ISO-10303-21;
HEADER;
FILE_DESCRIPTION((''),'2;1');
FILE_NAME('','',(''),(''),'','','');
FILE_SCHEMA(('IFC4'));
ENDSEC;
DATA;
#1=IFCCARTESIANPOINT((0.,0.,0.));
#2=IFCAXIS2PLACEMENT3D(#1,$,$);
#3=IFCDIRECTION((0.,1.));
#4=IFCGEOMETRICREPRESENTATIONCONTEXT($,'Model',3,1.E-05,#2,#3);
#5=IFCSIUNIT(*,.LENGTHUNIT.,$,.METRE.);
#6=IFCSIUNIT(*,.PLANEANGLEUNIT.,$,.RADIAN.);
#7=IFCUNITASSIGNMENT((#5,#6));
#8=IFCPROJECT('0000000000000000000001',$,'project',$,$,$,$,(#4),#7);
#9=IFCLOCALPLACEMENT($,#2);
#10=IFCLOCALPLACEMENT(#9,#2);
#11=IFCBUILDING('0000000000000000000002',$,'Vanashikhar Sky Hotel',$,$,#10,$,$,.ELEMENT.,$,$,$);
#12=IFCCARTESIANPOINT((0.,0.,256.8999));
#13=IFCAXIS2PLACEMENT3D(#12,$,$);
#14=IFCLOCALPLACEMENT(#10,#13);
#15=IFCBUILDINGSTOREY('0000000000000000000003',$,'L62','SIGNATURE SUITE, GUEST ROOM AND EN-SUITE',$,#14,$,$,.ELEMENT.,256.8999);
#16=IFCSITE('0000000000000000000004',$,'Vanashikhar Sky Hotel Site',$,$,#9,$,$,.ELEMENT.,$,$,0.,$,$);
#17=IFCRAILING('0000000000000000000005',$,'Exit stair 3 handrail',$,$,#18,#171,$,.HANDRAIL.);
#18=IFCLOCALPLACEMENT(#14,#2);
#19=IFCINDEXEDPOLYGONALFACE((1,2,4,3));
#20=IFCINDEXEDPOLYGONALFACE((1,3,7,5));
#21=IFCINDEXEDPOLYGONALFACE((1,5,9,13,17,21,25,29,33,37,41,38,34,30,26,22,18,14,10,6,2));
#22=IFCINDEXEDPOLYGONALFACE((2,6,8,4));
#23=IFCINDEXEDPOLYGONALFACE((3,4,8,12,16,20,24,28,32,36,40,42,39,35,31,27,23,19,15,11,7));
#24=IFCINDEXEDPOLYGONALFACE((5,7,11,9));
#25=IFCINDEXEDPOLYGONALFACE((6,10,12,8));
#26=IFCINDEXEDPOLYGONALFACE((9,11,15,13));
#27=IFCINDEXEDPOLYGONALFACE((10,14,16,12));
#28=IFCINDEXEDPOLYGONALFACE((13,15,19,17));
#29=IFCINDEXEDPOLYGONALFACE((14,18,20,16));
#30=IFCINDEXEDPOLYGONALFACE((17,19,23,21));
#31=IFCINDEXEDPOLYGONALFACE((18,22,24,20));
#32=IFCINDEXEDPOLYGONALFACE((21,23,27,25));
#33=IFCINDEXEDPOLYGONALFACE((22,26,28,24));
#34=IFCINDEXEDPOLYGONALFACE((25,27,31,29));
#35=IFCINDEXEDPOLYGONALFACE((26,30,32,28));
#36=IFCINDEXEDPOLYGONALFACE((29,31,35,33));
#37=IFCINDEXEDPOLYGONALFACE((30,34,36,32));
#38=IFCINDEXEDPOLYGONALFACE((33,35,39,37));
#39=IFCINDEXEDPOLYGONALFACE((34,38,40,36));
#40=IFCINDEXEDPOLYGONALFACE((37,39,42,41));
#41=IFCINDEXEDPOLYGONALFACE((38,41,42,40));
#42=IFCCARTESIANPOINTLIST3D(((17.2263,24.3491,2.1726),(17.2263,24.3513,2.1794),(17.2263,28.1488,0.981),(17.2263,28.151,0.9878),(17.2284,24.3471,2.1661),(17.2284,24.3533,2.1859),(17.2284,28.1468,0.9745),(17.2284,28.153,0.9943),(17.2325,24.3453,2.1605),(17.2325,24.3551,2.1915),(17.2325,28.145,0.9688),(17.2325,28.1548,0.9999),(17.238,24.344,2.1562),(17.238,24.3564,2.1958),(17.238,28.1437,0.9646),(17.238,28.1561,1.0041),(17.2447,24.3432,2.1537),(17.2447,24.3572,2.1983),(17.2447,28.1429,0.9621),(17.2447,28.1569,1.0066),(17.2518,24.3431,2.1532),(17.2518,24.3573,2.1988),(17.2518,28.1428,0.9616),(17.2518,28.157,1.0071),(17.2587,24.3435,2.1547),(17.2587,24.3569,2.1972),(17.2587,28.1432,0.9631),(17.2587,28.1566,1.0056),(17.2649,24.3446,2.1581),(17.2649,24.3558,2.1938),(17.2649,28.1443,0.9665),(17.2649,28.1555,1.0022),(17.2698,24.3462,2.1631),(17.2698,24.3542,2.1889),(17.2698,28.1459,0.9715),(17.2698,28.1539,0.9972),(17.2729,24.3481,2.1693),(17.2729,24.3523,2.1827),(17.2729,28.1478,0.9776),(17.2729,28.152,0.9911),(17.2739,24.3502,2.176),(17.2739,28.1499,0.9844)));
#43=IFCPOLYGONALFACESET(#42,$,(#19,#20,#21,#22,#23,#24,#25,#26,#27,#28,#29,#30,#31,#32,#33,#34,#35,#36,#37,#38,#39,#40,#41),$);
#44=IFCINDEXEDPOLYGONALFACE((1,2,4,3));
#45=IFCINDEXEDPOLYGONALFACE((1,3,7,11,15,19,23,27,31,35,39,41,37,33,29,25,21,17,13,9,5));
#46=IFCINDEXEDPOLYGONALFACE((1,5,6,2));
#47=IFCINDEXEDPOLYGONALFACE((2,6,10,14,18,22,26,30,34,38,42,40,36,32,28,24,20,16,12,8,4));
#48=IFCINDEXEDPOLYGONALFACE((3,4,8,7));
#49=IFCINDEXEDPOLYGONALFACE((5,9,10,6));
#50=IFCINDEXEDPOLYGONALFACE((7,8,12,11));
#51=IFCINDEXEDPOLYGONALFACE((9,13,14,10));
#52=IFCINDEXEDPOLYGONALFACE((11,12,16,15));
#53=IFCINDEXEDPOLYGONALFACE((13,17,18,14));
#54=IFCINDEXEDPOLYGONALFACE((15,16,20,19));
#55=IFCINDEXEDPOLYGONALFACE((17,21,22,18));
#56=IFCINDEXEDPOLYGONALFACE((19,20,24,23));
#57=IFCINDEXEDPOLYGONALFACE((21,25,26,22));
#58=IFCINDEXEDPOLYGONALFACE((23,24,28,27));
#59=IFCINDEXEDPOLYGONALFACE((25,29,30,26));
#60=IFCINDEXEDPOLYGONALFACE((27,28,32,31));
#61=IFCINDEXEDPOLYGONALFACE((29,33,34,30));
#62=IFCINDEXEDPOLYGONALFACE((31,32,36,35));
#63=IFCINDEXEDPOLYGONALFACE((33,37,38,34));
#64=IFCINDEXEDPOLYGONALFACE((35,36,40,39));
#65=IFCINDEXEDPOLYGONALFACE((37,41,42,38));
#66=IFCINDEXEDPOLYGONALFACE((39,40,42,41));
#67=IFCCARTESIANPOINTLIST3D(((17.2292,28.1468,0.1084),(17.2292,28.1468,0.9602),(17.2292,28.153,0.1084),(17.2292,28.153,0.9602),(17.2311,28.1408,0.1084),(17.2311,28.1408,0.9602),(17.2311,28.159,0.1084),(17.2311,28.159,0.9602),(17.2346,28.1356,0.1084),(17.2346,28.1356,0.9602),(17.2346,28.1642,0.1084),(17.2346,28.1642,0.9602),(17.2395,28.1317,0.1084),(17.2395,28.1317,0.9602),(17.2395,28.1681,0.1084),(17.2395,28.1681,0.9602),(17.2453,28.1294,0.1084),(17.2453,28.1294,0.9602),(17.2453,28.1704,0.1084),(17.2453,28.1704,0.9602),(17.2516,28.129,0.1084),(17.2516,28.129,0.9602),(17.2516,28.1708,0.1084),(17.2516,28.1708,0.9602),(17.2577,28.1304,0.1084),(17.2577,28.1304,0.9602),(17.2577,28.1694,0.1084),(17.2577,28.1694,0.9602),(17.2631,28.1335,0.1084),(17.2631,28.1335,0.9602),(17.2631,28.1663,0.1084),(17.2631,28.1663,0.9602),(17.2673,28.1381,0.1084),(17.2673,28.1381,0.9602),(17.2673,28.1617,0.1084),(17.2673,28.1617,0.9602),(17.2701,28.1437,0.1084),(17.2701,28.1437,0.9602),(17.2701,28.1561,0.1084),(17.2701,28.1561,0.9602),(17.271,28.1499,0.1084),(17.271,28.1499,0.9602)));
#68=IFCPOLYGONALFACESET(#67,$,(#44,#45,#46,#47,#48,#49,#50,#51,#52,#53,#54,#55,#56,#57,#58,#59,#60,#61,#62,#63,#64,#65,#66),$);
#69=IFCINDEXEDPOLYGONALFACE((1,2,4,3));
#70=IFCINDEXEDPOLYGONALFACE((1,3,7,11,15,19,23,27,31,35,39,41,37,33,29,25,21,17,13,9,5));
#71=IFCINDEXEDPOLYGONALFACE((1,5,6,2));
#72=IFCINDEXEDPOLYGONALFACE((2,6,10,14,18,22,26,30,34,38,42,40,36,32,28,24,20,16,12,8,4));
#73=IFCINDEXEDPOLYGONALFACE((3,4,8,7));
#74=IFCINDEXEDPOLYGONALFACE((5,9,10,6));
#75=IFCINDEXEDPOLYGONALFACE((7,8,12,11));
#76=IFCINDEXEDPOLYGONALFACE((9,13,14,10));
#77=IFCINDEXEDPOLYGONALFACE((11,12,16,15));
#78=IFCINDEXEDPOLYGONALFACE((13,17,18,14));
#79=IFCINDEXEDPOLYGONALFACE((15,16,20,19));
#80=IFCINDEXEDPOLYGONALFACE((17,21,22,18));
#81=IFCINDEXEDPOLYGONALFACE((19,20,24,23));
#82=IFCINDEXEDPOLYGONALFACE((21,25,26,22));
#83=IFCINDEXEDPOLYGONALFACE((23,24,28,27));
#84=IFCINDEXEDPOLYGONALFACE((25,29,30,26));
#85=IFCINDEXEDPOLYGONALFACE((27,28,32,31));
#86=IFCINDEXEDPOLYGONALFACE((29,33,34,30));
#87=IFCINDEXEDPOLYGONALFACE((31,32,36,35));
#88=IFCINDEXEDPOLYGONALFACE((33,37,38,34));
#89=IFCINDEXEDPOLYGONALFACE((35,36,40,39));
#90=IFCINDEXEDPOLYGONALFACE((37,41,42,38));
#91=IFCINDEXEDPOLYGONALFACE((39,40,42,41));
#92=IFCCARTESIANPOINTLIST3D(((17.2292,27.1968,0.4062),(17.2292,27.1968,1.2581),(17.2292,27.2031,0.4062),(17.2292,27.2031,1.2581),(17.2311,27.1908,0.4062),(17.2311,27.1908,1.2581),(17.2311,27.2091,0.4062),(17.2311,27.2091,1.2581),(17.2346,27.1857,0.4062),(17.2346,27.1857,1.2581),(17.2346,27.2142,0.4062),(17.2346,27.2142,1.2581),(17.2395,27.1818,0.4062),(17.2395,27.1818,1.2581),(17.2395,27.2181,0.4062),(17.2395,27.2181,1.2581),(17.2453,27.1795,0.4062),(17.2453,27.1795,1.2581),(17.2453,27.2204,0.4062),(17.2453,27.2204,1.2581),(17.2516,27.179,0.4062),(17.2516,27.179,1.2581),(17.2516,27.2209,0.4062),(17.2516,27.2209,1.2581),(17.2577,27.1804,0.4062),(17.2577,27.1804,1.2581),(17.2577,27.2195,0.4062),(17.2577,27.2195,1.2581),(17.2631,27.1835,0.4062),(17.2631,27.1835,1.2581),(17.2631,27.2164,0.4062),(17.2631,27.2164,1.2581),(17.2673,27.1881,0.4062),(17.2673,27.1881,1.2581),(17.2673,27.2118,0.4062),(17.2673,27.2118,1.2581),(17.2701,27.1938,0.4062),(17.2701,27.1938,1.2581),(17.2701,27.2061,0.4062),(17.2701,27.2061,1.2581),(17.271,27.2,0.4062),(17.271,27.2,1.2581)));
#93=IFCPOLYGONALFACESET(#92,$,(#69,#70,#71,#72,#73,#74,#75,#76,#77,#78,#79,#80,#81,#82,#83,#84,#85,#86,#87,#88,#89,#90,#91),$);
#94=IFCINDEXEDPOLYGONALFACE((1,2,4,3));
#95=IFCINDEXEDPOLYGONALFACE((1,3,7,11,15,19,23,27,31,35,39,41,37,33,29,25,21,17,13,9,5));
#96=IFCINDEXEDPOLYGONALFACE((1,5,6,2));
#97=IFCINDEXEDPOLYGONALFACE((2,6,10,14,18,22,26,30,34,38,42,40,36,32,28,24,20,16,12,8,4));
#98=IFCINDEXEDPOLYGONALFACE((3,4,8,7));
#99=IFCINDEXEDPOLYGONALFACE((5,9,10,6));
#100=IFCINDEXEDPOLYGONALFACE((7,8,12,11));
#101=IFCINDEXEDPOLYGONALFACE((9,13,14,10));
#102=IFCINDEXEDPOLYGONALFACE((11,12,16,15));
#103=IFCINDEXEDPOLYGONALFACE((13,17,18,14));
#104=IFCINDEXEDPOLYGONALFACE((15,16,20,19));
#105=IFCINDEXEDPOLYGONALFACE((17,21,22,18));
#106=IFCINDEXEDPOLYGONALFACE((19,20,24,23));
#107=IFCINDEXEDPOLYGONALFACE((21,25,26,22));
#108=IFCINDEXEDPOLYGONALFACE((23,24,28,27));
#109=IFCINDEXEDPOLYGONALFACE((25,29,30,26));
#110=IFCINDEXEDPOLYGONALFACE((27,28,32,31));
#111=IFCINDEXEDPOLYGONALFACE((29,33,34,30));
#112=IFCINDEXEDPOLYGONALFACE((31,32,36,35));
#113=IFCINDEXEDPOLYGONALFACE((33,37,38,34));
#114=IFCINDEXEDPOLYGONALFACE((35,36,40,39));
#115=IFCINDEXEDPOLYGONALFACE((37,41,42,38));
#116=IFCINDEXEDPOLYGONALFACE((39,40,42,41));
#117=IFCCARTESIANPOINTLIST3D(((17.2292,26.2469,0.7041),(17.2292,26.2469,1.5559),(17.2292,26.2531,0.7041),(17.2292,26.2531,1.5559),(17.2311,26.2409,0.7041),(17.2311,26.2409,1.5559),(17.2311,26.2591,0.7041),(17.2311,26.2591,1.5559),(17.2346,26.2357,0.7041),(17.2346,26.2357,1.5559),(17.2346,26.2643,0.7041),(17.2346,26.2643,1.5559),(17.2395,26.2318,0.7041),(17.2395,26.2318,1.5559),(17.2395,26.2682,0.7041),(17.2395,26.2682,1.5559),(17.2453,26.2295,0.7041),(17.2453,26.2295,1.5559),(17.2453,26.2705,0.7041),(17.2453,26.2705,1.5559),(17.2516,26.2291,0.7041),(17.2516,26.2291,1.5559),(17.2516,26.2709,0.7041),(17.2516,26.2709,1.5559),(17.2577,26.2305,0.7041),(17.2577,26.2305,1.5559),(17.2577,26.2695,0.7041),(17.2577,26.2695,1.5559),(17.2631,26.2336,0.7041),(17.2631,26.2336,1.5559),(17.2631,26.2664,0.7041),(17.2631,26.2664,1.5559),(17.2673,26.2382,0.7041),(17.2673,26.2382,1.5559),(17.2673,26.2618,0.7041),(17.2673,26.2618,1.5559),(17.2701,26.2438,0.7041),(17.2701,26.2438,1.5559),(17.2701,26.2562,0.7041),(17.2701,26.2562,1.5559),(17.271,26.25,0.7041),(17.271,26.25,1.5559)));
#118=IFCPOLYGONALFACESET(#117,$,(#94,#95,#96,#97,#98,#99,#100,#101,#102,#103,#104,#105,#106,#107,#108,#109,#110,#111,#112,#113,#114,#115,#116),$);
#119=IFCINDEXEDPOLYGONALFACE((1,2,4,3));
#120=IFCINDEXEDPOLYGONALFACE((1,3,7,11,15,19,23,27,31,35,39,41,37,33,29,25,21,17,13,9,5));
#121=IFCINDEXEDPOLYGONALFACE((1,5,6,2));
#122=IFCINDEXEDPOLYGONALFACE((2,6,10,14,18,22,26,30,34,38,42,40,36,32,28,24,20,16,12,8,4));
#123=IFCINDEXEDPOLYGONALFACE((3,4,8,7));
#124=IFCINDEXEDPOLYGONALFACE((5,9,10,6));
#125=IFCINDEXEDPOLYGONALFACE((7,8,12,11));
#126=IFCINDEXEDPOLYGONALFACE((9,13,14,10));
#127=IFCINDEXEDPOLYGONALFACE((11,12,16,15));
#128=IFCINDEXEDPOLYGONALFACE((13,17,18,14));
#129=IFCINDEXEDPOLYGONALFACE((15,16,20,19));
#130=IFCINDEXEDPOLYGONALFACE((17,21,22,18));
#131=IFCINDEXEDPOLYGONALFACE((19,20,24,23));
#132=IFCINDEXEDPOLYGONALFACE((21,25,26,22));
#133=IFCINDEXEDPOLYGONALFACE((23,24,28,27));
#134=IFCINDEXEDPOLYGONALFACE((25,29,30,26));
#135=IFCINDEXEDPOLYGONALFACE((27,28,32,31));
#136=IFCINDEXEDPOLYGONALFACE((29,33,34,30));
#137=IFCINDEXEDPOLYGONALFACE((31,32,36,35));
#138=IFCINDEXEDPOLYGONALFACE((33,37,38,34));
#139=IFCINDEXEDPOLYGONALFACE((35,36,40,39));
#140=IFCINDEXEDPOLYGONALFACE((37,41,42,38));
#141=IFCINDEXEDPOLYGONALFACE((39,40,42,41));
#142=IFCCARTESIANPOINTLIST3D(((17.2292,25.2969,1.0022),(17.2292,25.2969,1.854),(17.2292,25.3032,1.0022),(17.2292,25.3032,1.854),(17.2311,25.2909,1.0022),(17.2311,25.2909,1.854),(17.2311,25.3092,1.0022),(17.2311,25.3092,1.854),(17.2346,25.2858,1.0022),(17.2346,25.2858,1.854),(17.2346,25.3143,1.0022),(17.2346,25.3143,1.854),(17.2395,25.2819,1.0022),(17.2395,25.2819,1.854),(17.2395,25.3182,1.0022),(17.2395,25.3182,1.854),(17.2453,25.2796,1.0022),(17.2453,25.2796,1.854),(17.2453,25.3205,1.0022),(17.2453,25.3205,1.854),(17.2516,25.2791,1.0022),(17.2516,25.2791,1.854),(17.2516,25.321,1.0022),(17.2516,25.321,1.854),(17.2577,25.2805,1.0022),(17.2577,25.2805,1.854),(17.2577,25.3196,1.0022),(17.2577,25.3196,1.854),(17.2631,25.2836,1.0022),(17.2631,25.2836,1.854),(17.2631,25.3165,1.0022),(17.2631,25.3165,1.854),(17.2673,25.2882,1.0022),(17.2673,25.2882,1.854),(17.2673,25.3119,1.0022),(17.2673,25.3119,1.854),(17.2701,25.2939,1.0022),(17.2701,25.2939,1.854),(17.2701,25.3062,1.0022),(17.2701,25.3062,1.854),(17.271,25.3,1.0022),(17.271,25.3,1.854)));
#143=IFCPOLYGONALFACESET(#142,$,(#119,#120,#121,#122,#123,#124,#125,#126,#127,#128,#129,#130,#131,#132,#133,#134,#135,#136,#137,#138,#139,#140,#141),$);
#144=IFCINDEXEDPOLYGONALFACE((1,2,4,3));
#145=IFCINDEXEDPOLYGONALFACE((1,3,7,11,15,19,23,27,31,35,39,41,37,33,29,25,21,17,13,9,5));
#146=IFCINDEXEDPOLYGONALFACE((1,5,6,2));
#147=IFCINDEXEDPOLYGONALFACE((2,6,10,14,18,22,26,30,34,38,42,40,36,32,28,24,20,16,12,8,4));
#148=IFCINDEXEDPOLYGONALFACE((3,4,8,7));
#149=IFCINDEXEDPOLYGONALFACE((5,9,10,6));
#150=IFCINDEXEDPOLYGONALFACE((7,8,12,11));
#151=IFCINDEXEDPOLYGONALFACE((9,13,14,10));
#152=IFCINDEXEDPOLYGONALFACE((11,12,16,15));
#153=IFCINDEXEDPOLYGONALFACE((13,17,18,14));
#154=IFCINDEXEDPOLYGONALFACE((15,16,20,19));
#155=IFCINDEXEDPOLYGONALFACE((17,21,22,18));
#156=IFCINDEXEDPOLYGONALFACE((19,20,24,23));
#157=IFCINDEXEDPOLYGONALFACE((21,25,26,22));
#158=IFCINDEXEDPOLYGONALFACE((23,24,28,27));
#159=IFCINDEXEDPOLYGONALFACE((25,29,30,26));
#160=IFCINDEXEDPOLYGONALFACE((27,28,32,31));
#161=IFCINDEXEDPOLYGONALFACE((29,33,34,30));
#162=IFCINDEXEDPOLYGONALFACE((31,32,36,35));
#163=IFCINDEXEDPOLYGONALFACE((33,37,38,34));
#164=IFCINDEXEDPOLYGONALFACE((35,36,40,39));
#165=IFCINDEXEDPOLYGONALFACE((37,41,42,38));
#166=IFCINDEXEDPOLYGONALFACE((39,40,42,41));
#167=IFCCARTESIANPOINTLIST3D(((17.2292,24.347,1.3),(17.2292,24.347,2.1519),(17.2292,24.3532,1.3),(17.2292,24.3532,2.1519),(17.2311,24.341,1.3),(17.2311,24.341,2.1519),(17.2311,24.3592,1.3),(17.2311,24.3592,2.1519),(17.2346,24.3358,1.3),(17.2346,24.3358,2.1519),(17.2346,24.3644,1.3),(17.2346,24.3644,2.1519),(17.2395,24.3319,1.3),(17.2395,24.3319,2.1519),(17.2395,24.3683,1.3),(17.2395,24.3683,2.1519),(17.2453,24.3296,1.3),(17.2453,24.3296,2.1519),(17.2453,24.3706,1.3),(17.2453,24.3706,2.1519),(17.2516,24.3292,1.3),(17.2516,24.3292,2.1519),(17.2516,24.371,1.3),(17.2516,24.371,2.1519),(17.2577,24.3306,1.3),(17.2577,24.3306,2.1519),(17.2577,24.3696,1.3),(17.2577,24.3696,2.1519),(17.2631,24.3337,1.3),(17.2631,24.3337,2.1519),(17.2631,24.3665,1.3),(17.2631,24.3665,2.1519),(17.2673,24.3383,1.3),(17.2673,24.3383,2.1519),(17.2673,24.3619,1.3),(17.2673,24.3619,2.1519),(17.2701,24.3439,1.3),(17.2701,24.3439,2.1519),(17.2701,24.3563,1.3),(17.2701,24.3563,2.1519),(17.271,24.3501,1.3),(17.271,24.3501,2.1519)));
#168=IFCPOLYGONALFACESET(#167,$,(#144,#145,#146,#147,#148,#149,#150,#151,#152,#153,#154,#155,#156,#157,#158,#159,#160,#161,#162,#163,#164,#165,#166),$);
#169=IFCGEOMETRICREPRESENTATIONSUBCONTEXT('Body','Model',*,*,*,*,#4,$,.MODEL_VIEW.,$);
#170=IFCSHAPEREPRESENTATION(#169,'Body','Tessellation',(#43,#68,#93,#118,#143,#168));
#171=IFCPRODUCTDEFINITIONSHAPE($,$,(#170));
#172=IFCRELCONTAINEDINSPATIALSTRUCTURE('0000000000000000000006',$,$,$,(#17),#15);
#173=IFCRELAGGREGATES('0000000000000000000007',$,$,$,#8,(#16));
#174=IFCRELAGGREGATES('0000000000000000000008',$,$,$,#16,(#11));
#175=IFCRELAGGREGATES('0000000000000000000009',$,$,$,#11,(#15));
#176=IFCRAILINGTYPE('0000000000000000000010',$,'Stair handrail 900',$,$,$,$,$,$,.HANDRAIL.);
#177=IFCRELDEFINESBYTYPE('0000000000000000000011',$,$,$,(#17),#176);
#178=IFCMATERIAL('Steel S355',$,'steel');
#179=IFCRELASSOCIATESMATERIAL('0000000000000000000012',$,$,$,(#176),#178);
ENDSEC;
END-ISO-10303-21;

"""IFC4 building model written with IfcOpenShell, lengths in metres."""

from ifc_helpers import new_model, si_unit, direction, frame, origin, origin_2d, place, context, subcontext, project, spatial, circle, extrude, source, transform, mapped, material, type_object, element, save


model = new_model("IFC4")

# Units and contexts
model_context = context("Model", 3, precision=1e-05, world=origin(), true_north=direction((0.0, 1.0)))
body_context = subcontext(model_context, "Body", "Model", "MODEL_VIEW")
ifc_project = project(units=[si_unit("LENGTHUNIT", "METRE"), si_unit("PLANEANGLEUNIT", "RADIAN")], contexts=[model_context])

# Site, building, storey
site_placement = place(None, origin())
site = spatial("IfcSite", under=ifc_project, at=site_placement, Name="Vanashikhar Sky Hotel Site", CompositionType="ELEMENT", RefElevation=0.0)
building_placement = place(site_placement, origin())
building = spatial("IfcBuilding", under=site, at=building_placement, Name="Vanashikhar Sky Hotel", CompositionType="ELEMENT")
storey_placement = place(building_placement, frame((0.0, 0.0, 256.8999)))
storey = spatial("IfcBuildingStorey", under=building, at=storey_placement, Name="L62", Description="SIGNATURE SUITE, GUEST ROOM AND EN-SUITE", CompositionType="ELEMENT", Elevation=256.8999)

# Railing
ifc_material_1 = material(Name="Steel S355", Category="steel")
railing_type_1 = type_object("IfcRailingType", Name="Stair handrail 900", PredefinedType="HANDRAIL", material=ifc_material_1)
shared_shape_1 = source(origin(), body_context, "Body", "SweptSolid", [
    extrude(circle(Radius=0.0239, at=origin_2d()), frame((0.0, 0.0, 0.876), z_axis=(0.0, -0.954178, 0.299238), x_axis=(1.0, 0.0, 0.0)), (0.0, 0.0, 1.0), 3.9822),
    extrude(circle(Radius=0.021, at=origin_2d()), origin(), (0.0, 0.0, 1.0), 0.8518),
    extrude(circle(Radius=0.021, at=origin_2d()), frame((0.0, -0.95, 0.2979)), (0.0, 0.0, 1.0), 0.8518),
    extrude(circle(Radius=0.021, at=origin_2d()), frame((0.0, -1.8999, 0.5957)), (0.0, 0.0, 1.0), 0.8518),
    extrude(circle(Radius=0.021, at=origin_2d()), frame((0.0, -2.8499, 0.8938)), (0.0, 0.0, 1.0), 0.8518),
    extrude(circle(Radius=0.021, at=origin_2d()), frame((0.0, -3.7998, 1.1917)), (0.0, 0.0, 1.0), 0.8518),
])
for number, where, name in (
    (1, (17.25, 28.1499, 0.1084), "Exit stair 3 handrail"),
):
    element("IfcRailing", number, at=place(storey_placement, frame(where)), inside=storey, type_object=railing_type_1, Name=name, PredefinedType="HANDRAIL", context=body_context, shape_type="MappedRepresentation", body=[
        mapped(shared_shape_1, transform((0.0, 0.0, 0.0), scale=1.0)),
    ])

save(model, "model.ifc")
